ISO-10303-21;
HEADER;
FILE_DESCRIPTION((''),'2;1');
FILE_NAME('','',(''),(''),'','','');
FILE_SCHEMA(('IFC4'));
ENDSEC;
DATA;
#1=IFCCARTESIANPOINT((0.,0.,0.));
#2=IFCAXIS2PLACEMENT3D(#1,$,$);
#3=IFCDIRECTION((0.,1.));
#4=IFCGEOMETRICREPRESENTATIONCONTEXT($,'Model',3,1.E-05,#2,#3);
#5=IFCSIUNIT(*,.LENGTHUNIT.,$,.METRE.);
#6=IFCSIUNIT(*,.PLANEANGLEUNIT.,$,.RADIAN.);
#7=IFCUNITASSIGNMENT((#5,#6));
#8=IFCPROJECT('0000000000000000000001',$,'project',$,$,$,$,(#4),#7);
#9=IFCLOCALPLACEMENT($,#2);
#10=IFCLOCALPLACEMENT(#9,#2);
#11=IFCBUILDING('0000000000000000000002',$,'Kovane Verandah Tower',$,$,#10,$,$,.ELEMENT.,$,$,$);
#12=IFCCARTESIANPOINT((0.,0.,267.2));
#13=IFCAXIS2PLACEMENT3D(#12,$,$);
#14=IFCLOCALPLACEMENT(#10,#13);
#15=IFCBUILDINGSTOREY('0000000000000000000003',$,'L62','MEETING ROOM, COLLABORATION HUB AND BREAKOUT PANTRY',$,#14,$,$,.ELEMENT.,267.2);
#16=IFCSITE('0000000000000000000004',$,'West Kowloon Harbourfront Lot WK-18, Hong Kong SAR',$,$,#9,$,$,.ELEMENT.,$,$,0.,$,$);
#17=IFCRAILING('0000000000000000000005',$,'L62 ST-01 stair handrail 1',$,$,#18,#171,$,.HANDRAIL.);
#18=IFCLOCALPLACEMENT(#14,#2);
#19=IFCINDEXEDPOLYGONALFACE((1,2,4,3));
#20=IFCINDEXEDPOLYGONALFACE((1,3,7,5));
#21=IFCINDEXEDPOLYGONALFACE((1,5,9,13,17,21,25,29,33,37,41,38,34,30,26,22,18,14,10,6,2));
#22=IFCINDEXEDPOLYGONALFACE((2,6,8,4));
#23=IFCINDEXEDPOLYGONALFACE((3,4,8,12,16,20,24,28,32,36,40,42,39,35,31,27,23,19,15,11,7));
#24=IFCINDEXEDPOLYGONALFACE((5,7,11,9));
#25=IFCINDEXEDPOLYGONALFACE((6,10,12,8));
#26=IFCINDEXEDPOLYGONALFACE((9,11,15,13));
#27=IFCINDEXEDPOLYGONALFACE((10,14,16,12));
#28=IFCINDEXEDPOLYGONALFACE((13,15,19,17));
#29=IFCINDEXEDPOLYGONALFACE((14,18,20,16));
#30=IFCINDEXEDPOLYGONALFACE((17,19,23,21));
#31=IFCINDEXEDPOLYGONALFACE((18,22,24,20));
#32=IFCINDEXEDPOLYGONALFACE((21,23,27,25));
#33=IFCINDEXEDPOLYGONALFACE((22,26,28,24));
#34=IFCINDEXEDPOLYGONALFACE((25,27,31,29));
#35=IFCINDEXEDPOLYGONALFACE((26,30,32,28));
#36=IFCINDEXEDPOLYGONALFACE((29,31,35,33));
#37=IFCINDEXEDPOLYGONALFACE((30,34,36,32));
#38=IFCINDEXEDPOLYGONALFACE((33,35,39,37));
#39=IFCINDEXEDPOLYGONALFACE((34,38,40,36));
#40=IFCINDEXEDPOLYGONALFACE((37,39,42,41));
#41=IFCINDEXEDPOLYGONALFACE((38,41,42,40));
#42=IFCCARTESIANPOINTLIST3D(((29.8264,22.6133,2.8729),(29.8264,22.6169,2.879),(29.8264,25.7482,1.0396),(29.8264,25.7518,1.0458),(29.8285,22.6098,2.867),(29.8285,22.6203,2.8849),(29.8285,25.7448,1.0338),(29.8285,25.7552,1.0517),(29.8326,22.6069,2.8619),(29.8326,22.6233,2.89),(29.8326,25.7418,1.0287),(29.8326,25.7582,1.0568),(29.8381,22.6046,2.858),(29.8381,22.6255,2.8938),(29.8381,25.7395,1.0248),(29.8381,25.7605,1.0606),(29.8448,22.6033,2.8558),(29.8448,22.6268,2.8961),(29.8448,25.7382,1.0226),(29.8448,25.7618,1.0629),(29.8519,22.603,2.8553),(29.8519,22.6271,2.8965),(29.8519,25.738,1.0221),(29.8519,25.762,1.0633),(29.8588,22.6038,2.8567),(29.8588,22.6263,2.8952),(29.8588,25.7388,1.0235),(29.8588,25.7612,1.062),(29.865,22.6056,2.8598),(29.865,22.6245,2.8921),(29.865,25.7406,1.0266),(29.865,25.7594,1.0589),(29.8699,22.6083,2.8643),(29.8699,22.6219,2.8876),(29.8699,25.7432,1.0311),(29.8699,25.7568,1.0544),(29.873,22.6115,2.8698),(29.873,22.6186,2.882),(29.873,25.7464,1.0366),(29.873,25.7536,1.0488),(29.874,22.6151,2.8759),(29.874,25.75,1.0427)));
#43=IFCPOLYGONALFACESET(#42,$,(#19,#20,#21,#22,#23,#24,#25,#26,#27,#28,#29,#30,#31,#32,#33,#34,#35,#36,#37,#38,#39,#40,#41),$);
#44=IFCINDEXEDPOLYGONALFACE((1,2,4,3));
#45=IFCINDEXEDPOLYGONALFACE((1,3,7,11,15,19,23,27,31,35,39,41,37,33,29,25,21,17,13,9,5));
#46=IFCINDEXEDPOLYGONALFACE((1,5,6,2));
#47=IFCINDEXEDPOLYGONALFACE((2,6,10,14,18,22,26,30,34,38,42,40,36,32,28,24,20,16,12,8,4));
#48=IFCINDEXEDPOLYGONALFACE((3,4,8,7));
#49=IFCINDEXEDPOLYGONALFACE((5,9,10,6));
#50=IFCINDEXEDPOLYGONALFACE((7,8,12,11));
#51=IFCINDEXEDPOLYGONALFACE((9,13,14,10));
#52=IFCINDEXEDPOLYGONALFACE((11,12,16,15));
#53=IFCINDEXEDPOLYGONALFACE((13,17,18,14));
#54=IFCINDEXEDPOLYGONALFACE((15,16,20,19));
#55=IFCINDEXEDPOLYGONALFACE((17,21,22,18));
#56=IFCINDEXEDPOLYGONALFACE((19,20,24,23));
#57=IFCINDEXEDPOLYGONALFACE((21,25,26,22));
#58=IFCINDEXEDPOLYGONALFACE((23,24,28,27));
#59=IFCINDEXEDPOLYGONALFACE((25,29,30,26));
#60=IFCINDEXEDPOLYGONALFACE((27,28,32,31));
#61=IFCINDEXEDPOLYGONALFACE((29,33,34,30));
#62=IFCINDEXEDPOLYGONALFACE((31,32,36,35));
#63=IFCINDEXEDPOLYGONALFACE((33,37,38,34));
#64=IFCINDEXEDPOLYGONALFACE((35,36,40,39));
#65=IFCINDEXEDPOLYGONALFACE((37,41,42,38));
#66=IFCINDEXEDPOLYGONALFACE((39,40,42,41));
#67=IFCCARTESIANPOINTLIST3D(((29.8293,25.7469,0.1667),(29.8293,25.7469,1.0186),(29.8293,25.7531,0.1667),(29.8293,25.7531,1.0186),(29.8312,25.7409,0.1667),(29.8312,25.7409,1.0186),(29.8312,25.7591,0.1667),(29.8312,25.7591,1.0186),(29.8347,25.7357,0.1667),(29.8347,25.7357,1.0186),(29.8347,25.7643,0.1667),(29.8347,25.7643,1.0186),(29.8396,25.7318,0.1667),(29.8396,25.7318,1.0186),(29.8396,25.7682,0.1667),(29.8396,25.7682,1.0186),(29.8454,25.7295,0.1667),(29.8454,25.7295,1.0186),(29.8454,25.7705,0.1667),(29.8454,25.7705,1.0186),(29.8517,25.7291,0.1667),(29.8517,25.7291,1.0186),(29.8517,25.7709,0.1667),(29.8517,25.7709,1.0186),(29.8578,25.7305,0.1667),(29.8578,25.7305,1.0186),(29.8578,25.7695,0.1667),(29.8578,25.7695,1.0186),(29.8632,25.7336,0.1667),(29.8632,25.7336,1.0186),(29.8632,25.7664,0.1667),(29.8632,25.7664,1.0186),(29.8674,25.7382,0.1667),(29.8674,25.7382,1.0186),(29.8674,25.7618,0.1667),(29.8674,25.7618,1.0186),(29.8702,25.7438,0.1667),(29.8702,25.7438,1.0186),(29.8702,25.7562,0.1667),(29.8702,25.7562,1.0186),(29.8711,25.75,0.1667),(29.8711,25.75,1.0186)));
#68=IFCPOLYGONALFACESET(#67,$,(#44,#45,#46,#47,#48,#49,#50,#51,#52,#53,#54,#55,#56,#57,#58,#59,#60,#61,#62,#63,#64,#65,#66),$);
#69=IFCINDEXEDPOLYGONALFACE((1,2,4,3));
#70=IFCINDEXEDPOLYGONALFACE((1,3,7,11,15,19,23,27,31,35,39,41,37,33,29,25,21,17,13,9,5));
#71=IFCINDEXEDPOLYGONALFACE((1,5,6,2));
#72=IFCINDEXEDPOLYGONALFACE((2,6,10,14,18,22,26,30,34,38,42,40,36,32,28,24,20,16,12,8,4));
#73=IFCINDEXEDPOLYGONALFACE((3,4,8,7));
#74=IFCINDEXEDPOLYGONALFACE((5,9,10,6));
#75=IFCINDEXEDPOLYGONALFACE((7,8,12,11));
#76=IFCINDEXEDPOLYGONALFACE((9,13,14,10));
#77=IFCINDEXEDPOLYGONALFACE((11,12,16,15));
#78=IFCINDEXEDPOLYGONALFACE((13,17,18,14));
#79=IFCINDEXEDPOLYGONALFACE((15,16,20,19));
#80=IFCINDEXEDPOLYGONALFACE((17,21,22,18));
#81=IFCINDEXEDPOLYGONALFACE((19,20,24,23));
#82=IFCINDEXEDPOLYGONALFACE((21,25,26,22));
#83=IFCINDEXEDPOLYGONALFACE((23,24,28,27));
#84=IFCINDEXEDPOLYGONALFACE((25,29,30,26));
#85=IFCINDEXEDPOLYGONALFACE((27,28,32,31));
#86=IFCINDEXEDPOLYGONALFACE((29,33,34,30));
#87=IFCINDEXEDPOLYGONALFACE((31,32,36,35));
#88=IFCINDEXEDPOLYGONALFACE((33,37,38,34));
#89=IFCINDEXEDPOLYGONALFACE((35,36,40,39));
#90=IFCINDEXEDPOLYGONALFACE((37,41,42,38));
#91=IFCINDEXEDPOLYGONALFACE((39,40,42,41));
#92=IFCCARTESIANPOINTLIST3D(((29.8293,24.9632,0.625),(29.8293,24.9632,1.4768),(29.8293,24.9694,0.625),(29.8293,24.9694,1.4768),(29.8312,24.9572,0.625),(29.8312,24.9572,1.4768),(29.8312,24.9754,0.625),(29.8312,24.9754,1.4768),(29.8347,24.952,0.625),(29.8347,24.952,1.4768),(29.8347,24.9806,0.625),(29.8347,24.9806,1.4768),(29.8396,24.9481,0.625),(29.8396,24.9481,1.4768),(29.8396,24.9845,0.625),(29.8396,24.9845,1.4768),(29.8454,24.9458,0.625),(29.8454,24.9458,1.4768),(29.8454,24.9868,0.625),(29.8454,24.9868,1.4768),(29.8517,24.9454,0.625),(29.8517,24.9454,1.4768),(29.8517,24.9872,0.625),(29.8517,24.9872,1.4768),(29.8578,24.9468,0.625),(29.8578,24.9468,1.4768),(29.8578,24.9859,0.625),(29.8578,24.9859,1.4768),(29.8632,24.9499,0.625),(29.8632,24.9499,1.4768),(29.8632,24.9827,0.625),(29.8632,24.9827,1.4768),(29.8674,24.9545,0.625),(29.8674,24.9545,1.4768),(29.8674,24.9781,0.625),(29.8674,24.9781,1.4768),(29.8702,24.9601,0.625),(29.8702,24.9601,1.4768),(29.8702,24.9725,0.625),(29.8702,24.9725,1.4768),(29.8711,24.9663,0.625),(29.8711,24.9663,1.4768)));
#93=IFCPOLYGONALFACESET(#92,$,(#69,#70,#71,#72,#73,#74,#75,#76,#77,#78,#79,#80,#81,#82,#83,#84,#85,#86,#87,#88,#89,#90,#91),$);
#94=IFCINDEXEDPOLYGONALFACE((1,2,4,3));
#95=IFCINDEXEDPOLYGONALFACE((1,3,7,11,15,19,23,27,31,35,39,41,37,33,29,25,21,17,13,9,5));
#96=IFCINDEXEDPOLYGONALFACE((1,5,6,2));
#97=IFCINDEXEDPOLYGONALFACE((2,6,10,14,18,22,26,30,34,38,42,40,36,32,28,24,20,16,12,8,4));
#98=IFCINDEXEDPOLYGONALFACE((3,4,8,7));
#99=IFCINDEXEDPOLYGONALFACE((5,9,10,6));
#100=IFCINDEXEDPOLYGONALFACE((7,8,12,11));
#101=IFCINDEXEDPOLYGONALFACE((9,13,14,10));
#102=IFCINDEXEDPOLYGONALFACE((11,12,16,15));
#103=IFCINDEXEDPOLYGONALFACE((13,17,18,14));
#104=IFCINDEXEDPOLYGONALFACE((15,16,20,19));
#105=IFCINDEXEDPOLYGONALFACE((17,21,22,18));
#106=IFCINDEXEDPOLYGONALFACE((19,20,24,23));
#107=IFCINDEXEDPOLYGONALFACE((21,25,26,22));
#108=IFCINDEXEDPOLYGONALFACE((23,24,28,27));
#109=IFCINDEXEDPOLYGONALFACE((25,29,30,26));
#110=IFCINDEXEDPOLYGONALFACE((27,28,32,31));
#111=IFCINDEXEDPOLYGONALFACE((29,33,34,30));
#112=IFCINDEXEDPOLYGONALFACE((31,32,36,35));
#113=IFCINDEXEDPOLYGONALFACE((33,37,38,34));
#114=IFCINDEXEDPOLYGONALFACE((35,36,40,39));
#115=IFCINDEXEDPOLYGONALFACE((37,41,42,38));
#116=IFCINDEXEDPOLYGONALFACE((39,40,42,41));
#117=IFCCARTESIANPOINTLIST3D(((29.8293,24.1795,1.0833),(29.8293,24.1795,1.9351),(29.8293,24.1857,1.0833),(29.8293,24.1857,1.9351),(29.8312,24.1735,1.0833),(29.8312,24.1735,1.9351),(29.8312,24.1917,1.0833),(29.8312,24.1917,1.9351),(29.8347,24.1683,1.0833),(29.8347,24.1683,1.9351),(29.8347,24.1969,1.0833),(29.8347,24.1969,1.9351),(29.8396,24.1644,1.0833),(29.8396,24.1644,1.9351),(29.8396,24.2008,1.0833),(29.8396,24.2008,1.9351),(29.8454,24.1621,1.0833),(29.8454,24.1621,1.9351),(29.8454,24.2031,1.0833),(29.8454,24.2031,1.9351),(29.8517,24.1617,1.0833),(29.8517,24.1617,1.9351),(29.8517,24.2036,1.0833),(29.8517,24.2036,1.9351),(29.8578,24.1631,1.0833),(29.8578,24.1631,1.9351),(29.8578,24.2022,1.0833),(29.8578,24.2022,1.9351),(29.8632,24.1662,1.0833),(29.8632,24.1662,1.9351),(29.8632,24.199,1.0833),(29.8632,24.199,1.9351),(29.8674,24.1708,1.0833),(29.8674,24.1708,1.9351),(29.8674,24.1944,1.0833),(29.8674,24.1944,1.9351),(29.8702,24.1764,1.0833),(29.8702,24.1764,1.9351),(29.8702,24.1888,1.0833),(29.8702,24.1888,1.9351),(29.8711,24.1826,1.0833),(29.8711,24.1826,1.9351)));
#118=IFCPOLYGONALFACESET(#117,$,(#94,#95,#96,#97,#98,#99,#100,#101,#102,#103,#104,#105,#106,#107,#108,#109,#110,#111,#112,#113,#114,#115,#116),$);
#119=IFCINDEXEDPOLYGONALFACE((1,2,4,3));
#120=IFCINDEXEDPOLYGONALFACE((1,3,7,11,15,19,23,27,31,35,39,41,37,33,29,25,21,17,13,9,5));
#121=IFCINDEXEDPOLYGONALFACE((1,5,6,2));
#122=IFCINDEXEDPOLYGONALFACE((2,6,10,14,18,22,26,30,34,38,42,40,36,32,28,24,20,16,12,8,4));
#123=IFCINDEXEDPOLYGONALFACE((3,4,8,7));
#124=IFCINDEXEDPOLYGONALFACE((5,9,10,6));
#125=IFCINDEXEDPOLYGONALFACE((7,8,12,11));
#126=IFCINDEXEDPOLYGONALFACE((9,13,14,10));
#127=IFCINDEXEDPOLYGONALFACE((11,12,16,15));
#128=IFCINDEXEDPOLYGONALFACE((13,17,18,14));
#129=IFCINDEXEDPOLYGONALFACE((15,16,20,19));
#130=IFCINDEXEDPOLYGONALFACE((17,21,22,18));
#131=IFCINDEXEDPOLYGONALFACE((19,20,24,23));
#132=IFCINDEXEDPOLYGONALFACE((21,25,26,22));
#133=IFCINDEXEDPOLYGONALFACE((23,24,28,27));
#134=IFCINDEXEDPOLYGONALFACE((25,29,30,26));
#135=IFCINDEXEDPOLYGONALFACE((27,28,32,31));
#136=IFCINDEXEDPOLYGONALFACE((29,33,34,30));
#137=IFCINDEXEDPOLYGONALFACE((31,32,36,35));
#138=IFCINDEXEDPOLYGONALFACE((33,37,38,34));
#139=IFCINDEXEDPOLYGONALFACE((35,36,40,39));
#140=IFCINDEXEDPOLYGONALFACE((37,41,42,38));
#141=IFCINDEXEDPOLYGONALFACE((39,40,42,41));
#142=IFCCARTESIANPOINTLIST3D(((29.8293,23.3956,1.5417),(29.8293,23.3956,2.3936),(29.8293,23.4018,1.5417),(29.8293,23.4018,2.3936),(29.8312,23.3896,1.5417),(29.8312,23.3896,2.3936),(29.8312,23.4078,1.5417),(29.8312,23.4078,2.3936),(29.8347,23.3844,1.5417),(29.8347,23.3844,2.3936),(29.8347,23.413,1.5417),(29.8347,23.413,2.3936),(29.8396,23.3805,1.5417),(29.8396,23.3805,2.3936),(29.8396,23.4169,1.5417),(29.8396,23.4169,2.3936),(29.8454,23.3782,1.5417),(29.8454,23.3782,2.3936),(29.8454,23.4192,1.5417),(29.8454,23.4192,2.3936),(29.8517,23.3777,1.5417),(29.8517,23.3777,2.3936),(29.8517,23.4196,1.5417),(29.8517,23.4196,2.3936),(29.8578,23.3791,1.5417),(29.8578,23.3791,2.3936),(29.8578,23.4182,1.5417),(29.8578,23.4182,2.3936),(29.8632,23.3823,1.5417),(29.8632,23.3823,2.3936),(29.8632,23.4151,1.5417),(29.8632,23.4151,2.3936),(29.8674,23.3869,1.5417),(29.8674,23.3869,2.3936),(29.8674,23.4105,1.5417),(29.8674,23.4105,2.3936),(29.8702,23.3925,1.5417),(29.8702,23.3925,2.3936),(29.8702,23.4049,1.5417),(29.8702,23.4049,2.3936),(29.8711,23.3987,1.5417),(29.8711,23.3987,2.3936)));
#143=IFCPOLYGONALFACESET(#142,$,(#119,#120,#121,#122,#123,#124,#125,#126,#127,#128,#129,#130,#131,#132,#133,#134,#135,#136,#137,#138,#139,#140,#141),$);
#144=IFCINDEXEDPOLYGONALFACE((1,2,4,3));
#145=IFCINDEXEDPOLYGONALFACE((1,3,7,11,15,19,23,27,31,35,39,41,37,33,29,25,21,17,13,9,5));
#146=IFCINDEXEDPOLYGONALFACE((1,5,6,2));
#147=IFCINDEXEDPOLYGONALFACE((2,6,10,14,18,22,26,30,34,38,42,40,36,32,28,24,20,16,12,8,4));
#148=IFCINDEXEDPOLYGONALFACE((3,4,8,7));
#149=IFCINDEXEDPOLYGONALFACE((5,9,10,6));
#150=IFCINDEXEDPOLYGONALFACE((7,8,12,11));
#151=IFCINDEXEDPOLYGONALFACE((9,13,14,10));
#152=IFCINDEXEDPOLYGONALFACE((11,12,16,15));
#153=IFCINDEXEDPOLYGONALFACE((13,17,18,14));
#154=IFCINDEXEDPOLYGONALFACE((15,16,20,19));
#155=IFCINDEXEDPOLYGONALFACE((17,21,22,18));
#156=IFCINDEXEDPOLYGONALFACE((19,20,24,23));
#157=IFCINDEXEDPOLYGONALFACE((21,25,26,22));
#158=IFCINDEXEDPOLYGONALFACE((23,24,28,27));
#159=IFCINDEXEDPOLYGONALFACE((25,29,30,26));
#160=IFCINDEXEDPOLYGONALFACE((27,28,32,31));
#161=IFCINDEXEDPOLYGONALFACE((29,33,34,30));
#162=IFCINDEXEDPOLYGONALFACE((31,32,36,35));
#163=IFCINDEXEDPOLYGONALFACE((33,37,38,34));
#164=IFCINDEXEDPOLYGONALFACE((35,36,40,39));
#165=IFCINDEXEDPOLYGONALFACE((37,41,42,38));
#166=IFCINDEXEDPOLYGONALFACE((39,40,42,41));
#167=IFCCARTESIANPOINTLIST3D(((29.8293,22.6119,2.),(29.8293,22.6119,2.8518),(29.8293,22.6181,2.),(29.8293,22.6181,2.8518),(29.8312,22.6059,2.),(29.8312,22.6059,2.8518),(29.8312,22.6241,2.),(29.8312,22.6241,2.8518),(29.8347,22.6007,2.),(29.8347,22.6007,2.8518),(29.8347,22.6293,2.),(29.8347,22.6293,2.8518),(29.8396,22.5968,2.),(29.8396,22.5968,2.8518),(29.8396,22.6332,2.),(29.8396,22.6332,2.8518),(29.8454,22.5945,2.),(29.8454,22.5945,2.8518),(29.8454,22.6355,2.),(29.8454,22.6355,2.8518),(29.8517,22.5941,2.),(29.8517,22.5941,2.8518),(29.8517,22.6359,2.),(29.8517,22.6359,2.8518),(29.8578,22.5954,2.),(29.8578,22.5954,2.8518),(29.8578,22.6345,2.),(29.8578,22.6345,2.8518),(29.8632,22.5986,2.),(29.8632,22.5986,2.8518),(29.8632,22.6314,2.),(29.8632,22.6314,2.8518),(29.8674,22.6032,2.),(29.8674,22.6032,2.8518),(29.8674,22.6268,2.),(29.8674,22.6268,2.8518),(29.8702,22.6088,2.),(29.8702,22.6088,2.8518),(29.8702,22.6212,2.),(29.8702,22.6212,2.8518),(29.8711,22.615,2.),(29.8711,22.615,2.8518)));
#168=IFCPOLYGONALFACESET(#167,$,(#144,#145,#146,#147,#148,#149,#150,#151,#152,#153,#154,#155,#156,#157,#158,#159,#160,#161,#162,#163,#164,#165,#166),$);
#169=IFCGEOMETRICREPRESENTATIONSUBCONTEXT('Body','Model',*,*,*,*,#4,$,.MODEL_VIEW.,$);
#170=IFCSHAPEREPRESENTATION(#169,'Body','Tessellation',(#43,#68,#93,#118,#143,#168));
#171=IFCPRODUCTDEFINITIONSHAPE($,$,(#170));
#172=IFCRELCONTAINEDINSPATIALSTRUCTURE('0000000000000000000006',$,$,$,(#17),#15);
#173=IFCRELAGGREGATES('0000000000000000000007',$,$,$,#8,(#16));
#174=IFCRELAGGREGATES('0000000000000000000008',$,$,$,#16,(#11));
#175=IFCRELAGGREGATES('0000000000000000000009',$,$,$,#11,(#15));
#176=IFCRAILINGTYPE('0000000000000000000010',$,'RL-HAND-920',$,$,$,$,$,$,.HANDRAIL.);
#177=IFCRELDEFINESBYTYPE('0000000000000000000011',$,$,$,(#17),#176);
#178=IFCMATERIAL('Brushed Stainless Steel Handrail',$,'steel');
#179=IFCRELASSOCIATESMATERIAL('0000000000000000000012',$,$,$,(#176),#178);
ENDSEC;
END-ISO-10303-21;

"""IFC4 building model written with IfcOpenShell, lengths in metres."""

from ifc_helpers import new_model, si_unit, direction, frame, origin, origin_2d, place, context, subcontext, project, spatial, circle, extrude, material, type_object, element, save


model = new_model("IFC4")

# Units and contexts
model_context = context("Model", 3, precision=1e-05, world=origin(), true_north=direction((0.0, 1.0)))
body_context = subcontext(model_context, "Body", "Model", "MODEL_VIEW")
ifc_project = project(units=[si_unit("LENGTHUNIT", "METRE"), si_unit("PLANEANGLEUNIT", "RADIAN")], contexts=[model_context])

# Site, building, storey
site_placement = place(None, origin())
site = spatial("IfcSite", under=ifc_project, at=site_placement, Name="West Kowloon Harbourfront Lot WK-18, Hong Kong SAR", CompositionType="ELEMENT", RefElevation=0.0)
building_placement = place(site_placement, origin())
building = spatial("IfcBuilding", under=site, at=building_placement, Name="Kovane Verandah Tower", CompositionType="ELEMENT")
storey_placement = place(building_placement, frame((0.0, 0.0, 267.2)))
storey = spatial("IfcBuildingStorey", under=building, at=storey_placement, Name="L62", Description="MEETING ROOM, COLLABORATION HUB AND BREAKOUT PANTRY", CompositionType="ELEMENT", Elevation=267.2)

# Railing
ifc_material_1 = material(Name="Brushed Stainless Steel Handrail", Category="steel")
railing_type_1 = type_object("IfcRailingType", Name="RL-HAND-920", PredefinedType="HANDRAIL", material=ifc_material_1)
railing_1_placement = place(storey_placement, frame((29.8501, 25.75, 0.1667)))
element("IfcRailing", 1, at=railing_1_placement, inside=storey, type_object=railing_type_1, Name="L62 ST-01 stair handrail 1", PredefinedType="HANDRAIL", context=body_context, shape_type="SweptSolid", body=[
    extrude(circle(Radius=0.0239, at=origin_2d()), frame((0.0, 0.0, 0.876), z_axis=(0.0, -0.86324, 0.504794), x_axis=(1.0, 0.0, 0.0)), (0.0, 0.0, 1.0), 3.6316),
    extrude(circle(Radius=0.021, at=origin_2d()), origin(), (0.0, 0.0, 1.0), 0.8518),
    extrude(circle(Radius=0.021, at=origin_2d()), frame((0.0, -0.7837, 0.4583)), (0.0, 0.0, 1.0), 0.8518),
    extrude(circle(Radius=0.021, at=origin_2d()), frame((0.0, -1.5674, 0.9165)), (0.0, 0.0, 1.0), 0.8518),
    extrude(circle(Radius=0.021, at=origin_2d()), frame((0.0, -2.3513, 1.375)), (0.0, 0.0, 1.0), 0.8518),
    extrude(circle(Radius=0.021, at=origin_2d()), frame((0.0, -3.135, 1.8333)), (0.0, 0.0, 1.0), 0.8518),
])

save(model, "model.ifc")
